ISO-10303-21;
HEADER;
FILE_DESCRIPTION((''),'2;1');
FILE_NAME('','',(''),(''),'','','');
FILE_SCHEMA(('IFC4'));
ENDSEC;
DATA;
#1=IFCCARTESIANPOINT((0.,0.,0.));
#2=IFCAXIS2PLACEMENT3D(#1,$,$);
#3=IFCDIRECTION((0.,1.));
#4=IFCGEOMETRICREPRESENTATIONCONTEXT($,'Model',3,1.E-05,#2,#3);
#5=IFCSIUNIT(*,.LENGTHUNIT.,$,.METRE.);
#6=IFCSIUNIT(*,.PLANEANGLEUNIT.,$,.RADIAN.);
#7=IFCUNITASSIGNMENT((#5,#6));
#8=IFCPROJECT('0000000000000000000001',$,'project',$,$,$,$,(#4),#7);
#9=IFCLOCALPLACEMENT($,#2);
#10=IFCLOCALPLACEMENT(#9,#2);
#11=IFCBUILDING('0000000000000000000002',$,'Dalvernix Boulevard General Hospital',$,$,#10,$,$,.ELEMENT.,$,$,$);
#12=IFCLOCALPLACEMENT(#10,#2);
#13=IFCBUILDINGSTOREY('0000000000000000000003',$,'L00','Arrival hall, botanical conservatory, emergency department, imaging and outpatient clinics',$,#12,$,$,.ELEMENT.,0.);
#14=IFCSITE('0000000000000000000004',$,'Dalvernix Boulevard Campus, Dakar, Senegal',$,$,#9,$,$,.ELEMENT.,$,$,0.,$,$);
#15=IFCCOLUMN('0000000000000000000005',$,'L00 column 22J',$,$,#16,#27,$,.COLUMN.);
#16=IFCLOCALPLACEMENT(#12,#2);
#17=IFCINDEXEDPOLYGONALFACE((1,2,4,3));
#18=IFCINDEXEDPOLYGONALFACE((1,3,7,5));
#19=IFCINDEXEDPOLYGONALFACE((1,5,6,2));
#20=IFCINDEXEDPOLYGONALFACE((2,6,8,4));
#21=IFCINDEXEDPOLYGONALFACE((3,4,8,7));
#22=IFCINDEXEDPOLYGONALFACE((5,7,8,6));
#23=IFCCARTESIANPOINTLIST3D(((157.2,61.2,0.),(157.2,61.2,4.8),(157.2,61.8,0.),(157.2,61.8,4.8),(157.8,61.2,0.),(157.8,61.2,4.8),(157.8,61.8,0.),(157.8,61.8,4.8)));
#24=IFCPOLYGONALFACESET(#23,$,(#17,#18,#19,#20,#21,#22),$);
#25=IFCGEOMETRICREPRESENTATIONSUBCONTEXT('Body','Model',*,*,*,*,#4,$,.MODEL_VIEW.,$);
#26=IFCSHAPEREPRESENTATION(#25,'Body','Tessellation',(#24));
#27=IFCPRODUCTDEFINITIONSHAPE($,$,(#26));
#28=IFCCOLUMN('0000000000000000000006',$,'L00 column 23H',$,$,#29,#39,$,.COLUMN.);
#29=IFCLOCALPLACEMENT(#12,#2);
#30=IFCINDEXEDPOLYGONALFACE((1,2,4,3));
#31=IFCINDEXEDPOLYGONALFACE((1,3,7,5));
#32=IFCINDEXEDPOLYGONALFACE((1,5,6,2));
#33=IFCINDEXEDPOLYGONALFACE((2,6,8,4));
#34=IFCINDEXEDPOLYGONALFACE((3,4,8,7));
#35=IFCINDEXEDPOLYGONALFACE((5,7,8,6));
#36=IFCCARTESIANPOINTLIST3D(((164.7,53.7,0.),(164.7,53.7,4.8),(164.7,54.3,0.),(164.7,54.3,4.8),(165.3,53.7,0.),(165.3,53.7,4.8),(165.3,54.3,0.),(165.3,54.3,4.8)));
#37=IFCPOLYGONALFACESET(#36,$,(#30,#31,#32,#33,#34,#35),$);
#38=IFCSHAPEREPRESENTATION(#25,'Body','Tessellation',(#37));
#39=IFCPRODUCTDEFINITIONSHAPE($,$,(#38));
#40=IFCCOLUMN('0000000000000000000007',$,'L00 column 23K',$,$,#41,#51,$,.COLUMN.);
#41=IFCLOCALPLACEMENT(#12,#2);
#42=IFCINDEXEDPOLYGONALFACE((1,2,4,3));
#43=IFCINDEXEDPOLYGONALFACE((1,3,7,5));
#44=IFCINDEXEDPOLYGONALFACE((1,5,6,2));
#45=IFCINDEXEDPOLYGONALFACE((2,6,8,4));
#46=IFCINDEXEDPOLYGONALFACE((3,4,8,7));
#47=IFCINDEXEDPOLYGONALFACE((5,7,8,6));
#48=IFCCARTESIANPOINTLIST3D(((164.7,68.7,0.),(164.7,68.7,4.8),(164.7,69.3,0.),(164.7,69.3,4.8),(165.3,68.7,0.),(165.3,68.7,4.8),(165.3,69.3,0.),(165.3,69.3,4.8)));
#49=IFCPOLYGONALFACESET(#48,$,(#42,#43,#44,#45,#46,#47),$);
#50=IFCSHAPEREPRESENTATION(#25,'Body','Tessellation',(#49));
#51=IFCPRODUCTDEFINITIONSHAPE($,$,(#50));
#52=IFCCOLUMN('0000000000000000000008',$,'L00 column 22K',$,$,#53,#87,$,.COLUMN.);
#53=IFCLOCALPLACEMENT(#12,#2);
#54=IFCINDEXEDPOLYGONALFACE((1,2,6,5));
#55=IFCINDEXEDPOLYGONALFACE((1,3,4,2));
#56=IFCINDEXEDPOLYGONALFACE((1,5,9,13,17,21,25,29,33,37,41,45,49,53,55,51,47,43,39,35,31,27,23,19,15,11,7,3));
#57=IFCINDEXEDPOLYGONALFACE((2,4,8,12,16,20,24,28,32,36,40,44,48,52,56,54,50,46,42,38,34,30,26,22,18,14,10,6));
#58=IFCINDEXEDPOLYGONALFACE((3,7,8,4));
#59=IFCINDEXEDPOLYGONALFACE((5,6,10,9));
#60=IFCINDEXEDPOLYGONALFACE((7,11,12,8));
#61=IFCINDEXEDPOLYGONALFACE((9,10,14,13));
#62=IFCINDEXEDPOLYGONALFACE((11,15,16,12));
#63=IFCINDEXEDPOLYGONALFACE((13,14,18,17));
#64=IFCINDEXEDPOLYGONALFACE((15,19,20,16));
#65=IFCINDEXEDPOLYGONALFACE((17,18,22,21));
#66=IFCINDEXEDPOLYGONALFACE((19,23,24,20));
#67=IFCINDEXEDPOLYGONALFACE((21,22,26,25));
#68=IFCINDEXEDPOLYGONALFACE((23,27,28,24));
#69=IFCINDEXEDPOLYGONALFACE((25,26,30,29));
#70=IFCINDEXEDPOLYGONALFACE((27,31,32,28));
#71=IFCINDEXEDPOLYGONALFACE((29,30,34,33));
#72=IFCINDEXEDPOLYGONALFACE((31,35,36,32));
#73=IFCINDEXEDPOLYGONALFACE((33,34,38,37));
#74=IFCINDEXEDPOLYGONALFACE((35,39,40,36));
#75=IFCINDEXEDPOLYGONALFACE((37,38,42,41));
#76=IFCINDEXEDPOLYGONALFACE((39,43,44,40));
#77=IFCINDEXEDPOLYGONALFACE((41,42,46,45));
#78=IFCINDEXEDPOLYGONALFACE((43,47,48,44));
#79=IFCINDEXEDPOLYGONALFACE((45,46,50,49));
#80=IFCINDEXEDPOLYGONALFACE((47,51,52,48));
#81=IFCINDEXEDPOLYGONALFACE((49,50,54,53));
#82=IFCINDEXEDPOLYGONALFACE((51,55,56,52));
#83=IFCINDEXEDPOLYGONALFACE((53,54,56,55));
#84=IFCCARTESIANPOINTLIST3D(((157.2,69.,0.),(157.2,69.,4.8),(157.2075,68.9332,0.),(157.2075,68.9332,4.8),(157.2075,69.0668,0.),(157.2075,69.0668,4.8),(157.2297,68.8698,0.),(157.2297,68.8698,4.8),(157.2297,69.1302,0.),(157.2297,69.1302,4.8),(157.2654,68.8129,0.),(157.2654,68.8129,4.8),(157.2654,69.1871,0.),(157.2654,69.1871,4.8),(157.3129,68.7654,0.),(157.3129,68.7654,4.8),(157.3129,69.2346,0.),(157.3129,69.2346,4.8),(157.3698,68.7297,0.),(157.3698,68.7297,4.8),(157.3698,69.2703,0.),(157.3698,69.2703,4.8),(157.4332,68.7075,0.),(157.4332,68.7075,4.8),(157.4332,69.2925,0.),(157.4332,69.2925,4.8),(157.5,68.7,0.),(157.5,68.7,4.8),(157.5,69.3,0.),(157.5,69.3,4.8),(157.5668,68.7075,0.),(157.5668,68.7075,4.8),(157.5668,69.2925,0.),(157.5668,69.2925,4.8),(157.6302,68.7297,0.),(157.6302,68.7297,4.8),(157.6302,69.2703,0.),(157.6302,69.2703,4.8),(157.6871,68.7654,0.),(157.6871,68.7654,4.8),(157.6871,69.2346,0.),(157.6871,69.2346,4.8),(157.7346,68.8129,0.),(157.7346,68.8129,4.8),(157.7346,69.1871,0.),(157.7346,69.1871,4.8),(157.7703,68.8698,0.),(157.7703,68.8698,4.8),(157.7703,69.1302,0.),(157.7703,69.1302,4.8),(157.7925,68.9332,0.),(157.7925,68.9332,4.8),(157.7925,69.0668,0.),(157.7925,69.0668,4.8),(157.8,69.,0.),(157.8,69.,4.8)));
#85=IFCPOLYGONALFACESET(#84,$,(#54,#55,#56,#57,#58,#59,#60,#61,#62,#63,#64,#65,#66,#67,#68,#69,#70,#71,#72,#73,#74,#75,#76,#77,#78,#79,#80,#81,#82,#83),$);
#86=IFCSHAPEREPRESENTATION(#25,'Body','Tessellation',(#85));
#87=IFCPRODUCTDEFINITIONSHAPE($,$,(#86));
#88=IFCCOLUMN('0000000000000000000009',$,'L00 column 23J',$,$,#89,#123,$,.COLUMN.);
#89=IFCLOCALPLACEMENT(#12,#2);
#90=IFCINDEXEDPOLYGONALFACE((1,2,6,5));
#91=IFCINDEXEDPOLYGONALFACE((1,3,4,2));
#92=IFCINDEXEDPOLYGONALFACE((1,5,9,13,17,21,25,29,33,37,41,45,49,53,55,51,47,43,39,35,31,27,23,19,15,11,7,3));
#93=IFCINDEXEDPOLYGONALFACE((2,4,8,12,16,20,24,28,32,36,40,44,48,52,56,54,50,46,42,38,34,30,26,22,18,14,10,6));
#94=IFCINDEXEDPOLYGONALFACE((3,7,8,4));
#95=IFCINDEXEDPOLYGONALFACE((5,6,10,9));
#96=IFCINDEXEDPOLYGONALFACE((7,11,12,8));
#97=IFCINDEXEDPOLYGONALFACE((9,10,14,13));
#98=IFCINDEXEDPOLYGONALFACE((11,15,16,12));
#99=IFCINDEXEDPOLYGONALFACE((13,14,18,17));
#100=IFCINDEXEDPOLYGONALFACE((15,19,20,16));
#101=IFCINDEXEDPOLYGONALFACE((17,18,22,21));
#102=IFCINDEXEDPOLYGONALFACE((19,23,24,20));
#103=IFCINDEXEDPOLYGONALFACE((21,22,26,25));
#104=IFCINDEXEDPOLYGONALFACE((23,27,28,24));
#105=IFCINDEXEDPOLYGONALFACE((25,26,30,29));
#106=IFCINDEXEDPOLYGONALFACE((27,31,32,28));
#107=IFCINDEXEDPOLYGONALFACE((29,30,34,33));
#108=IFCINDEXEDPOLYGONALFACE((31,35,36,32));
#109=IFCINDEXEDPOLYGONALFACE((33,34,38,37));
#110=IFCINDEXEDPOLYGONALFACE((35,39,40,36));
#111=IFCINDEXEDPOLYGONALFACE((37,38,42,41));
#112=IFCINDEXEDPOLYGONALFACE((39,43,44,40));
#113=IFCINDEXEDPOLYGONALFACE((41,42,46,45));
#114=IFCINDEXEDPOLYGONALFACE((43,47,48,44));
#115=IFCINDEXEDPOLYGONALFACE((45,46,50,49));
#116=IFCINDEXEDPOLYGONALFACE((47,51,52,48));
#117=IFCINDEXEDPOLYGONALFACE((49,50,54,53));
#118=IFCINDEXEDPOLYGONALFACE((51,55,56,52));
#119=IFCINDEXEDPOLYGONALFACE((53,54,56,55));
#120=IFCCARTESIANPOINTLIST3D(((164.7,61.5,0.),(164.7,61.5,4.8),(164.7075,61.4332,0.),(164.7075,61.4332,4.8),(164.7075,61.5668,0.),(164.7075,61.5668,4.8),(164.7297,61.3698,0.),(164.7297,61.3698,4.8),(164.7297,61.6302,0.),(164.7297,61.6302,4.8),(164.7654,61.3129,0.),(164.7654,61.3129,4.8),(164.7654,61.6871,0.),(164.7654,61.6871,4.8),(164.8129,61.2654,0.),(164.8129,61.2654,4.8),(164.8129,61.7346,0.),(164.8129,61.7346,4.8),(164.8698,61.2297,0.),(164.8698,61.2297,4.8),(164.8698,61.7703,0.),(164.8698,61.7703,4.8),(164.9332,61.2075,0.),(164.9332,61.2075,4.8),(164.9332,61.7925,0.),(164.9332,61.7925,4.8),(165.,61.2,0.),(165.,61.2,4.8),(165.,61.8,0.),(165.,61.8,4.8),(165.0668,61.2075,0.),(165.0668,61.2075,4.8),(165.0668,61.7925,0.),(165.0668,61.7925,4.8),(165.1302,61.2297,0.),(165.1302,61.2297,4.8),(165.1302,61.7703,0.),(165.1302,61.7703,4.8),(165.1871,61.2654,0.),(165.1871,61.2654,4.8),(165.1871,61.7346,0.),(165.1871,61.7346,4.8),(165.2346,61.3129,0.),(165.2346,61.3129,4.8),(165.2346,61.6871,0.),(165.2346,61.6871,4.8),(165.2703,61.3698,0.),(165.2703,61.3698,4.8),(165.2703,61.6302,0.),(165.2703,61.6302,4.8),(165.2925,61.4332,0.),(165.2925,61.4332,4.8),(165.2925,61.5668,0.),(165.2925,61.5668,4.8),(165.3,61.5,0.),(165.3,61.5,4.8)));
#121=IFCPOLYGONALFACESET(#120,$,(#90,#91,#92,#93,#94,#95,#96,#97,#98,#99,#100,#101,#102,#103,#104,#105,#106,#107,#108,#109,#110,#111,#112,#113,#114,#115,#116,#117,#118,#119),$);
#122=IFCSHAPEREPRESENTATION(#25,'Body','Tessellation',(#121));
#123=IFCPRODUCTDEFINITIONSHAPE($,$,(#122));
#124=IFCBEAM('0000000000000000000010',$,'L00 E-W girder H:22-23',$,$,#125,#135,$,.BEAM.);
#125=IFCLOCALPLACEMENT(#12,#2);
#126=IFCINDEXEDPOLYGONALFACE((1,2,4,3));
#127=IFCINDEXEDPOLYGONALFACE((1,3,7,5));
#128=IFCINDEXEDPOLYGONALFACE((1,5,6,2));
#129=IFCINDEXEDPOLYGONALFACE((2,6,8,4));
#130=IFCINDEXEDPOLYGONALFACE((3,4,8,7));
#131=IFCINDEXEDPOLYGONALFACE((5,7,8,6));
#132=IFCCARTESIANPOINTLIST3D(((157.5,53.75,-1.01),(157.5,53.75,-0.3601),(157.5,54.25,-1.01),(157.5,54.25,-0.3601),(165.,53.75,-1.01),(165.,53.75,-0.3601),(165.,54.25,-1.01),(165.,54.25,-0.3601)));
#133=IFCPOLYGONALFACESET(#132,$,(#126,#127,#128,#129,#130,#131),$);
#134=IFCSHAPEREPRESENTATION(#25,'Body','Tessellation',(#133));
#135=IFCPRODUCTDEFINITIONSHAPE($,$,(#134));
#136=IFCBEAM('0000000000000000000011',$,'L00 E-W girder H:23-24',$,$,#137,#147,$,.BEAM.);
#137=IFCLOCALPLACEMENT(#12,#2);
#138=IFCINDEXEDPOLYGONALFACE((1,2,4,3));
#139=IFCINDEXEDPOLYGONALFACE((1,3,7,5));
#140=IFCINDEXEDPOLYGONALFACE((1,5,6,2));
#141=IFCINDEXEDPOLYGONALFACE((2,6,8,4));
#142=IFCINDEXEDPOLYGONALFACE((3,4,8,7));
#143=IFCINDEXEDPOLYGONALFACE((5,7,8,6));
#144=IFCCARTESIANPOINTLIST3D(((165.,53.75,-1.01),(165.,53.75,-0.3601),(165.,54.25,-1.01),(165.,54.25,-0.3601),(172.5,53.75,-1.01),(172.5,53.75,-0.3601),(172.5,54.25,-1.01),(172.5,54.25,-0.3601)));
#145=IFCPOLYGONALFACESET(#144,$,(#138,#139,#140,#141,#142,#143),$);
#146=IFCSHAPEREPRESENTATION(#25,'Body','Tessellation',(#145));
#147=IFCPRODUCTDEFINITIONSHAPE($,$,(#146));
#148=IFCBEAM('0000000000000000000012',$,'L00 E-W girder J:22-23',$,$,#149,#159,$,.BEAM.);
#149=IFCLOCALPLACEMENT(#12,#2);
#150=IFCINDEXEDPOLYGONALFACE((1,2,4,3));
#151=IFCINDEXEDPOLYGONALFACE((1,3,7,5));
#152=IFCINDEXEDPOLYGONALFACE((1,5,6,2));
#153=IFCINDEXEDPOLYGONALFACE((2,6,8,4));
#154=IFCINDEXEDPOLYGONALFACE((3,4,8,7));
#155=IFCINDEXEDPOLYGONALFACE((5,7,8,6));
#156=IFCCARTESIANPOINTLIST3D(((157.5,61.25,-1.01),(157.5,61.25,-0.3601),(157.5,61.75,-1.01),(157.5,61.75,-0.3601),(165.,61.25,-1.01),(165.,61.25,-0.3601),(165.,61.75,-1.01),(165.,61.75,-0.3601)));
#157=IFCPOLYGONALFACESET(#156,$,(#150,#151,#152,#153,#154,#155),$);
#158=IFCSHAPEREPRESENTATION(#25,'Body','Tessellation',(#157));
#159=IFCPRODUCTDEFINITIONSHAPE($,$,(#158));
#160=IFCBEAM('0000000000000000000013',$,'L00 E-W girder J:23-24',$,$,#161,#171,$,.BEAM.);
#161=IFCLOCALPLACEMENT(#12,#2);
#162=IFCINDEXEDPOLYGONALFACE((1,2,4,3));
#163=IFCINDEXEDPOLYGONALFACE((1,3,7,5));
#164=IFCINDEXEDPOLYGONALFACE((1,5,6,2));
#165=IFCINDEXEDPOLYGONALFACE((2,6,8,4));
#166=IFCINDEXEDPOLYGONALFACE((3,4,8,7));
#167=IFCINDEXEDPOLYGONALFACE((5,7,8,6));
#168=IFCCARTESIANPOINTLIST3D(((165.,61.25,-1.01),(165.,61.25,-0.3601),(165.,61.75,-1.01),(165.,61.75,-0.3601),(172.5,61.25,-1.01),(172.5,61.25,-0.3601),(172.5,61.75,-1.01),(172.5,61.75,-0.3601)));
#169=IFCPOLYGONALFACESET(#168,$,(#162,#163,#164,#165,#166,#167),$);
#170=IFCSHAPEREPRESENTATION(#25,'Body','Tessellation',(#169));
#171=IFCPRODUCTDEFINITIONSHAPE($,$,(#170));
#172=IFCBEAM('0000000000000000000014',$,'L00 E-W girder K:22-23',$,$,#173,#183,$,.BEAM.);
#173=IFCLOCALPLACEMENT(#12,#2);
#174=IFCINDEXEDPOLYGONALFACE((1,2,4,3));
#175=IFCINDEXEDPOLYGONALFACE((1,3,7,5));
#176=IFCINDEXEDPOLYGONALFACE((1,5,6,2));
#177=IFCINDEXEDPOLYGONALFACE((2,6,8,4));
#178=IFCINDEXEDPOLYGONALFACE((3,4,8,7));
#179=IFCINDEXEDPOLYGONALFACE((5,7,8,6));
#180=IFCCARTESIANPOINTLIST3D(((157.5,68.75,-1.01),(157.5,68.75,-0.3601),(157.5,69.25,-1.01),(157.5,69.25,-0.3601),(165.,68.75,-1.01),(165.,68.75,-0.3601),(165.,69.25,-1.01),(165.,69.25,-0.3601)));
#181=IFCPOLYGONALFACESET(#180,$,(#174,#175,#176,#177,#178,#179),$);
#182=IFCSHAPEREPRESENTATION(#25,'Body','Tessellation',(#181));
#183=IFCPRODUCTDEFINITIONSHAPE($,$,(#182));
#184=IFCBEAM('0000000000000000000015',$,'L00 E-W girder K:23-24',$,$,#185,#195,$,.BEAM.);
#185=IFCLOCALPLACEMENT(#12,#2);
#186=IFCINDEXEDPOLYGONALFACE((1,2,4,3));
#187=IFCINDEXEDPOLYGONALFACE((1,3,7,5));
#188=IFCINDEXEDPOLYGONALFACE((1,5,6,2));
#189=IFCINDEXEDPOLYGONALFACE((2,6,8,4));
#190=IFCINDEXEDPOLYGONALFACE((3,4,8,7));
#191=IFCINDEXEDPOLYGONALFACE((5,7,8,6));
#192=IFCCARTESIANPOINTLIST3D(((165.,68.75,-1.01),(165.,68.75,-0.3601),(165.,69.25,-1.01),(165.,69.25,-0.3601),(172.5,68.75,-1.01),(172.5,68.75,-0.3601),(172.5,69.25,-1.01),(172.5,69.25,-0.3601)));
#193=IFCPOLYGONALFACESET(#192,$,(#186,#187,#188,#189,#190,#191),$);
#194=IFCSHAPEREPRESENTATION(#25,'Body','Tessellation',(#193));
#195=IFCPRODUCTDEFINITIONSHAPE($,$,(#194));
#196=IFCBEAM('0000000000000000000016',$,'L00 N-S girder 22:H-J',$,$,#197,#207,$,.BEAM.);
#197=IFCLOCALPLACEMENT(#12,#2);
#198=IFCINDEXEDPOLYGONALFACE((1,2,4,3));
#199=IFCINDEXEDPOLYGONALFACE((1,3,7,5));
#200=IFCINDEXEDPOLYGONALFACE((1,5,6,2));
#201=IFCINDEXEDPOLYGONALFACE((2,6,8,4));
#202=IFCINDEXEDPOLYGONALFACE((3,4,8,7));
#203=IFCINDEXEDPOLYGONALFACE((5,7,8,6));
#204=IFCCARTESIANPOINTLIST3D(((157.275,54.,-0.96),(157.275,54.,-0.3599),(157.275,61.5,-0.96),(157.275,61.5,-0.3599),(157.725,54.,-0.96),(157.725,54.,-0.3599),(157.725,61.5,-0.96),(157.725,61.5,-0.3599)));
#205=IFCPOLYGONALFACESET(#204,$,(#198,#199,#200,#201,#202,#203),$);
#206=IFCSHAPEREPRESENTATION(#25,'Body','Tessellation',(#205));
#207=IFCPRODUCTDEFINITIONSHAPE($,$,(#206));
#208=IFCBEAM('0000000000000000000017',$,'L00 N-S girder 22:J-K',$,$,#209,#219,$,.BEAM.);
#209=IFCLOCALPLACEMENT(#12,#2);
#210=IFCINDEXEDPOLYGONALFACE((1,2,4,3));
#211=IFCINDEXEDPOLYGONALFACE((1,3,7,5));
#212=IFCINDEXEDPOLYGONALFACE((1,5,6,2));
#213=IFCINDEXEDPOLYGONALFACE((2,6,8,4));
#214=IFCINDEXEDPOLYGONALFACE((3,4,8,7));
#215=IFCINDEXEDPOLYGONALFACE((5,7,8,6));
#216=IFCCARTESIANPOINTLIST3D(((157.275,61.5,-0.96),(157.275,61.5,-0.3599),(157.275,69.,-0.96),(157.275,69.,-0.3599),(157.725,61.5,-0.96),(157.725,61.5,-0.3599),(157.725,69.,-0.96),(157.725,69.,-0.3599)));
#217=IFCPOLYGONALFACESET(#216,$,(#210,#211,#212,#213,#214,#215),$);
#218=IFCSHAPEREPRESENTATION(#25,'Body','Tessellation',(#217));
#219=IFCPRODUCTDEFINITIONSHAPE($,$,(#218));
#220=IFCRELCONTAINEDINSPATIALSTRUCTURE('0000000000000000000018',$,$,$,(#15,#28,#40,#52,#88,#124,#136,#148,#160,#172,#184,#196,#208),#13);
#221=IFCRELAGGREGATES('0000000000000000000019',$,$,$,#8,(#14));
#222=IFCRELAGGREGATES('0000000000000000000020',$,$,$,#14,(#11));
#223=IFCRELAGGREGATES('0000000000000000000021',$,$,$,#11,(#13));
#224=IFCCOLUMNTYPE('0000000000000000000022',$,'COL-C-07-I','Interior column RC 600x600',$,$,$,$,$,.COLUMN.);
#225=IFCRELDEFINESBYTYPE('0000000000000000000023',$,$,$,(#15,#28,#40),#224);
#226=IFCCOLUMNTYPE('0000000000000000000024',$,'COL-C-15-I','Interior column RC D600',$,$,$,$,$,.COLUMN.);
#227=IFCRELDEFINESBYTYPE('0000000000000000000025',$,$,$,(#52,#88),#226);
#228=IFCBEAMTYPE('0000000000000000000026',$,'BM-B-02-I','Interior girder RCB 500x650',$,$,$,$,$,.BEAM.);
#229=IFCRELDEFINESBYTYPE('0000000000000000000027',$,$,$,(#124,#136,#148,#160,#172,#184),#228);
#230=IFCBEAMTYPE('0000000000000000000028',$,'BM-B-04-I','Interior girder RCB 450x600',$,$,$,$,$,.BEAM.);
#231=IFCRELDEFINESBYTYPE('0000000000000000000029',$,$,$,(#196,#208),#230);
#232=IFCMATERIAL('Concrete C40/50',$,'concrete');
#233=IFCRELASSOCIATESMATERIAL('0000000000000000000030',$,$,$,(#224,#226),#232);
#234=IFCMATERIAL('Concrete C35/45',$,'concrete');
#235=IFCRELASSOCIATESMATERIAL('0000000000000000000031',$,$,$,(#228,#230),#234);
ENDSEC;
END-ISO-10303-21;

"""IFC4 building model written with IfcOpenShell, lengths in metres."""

from ifc_helpers import new_model, si_unit, direction, frame, origin, origin_2d, place, context, subcontext, project, spatial, rectangle, circle, extrude, material, material_profile, profile_set, type_object, element, save


model = new_model("IFC4")

# Units and contexts
model_context = context("Model", 3, precision=1e-05, world=origin(), true_north=direction((0.0, 1.0)))
body_context = subcontext(model_context, "Body", "Model", "MODEL_VIEW")
ifc_project = project(units=[si_unit("LENGTHUNIT", "METRE"), si_unit("PLANEANGLEUNIT", "RADIAN")], contexts=[model_context])

# Site, building, storey
site_placement = place(None, origin())
site = spatial("IfcSite", under=ifc_project, at=site_placement, Name="Dalvernix Boulevard Campus, Dakar, Senegal", CompositionType="ELEMENT", RefElevation=0.0)
building_placement = place(site_placement, origin())
building = spatial("IfcBuilding", under=site, at=building_placement, Name="Dalvernix Boulevard General Hospital", CompositionType="ELEMENT")
storey_placement = place(building_placement, origin())
storey = spatial("IfcBuildingStorey", under=building, at=storey_placement, Name="L00", Description="Arrival hall, botanical conservatory, emergency department, imaging and outpatient clinics", CompositionType="ELEMENT", Elevation=0.0)

# Columns
ifc_material_1 = material(Name="Concrete C40/50", Category="concrete")
ifc_material_profile_1 = material_profile(ifc_material_1, rectangle(XDim=0.6001, YDim=0.6001, at=origin_2d()), Name="RC 600x600")
ifc_profile_set_1 = profile_set([ifc_material_profile_1], Name="Concrete C40/50")
column_type_1 = type_object("IfcColumnType", Name="COL-C-07-I", Description="Interior column RC 600x600", PredefinedType="COLUMN", material=ifc_profile_set_1)
for number, where, z_axis, x_axis, name in (
    (1, (157.5, 61.5, 0.0), (0.0, 0.0, 1.0), (1.0, 0.0, 0.0), "L00 column 22J"),
    (2, (165.0, 54.0, 0.0), (0.0, 0.0, 1.0), (1.0, 0.0, 0.0), "L00 column 23H"),
    (3, (165.0, 69.0, 0.0), (0.0, 0.0, 1.0), (1.0, 0.0, 0.0), "L00 column 23K"),
):
    element("IfcColumn", number, at=place(storey_placement, frame(where, z_axis=z_axis, x_axis=x_axis)), inside=storey, type_object=column_type_1, Name=name, PredefinedType="COLUMN", context=body_context, shape_type="SweptSolid", body=[
        extrude(rectangle(XDim=0.6001, YDim=0.6001, at=origin_2d()), origin(), (0.0, 0.0, 1.0), 4.8),
    ])
ifc_material_profile_2 = material_profile(ifc_material_1, circle(Radius=0.3, at=origin_2d()), Name="RC D600")
ifc_profile_set_2 = profile_set([ifc_material_profile_2], Name="Concrete C40/50")
column_type_2 = type_object("IfcColumnType", Name="COL-C-15-I", Description="Interior column RC D600", PredefinedType="COLUMN", material=ifc_profile_set_2)
for number, where, z_axis, x_axis, name in (
    (4, (157.5, 69.0, 0.0), (0.0, 0.0, 1.0), (1.0, 0.0, 0.0), "L00 column 22K"),
    (5, (165.0, 61.5, 0.0), (0.0, 0.0, 1.0), (1.0, 0.0, 0.0), "L00 column 23J"),
):
    element("IfcColumn", number, at=place(storey_placement, frame(where, z_axis=z_axis, x_axis=x_axis)), inside=storey, type_object=column_type_2, Name=name, PredefinedType="COLUMN", context=body_context, shape_type="SweptSolid", body=[
        extrude(circle(Radius=0.3, at=origin_2d()), origin(), (0.0, 0.0, 1.0), 4.8),
    ])

# Beams
ifc_material_2 = material(Name="Concrete C35/45", Category="concrete")
ifc_material_profile_3 = material_profile(ifc_material_2, rectangle(XDim=0.5, YDim=0.6499, at=origin_2d()), Name="RCB 500x650")
ifc_profile_set_3 = profile_set([ifc_material_profile_3], Name="Concrete C35/45")
beam_type_1 = type_object("IfcBeamType", Name="BM-B-02-I", Description="Interior girder RCB 500x650", PredefinedType="BEAM", material=ifc_profile_set_3)
for number, where, z_axis, x_axis, name in (
    (6, (157.5, 54.0, -0.6851), (1.0, 0.0, 0.0), (0.0, 1.0, 0.0), "L00 E-W girder H:22-23"),
    (7, (165.0, 54.0, -0.6851), (1.0, 0.0, 0.0), (0.0, 1.0, 0.0), "L00 E-W girder H:23-24"),
    (8, (157.5, 61.5, -0.6851), (1.0, 0.0, 0.0), (0.0, 1.0, 0.0), "L00 E-W girder J:22-23"),
    (9, (165.0, 61.5, -0.6851), (1.0, 0.0, 0.0), (0.0, 1.0, 0.0), "L00 E-W girder J:23-24"),
    (10, (157.5, 69.0, -0.6851), (1.0, 0.0, 0.0), (0.0, 1.0, 0.0), "L00 E-W girder K:22-23"),
    (11, (165.0, 69.0, -0.6851), (1.0, 0.0, 0.0), (0.0, 1.0, 0.0), "L00 E-W girder K:23-24"),
):
    element("IfcBeam", number, at=place(storey_placement, frame(where, z_axis=z_axis, x_axis=x_axis)), inside=storey, type_object=beam_type_1, Name=name, PredefinedType="BEAM", context=body_context, shape_type="SweptSolid", body=[
        extrude(rectangle(XDim=0.5, YDim=0.6499, at=origin_2d()), origin(), (0.0, 0.0, 1.0), 7.5),
    ])
ifc_material_profile_4 = material_profile(ifc_material_2, rectangle(XDim=0.45, YDim=0.6001, at=origin_2d()), Name="RCB 450x600")
ifc_profile_set_4 = profile_set([ifc_material_profile_4], Name="Concrete C35/45")
beam_type_2 = type_object("IfcBeamType", Name="BM-B-04-I", Description="Interior girder RCB 450x600", PredefinedType="BEAM", material=ifc_profile_set_4)
for number, where, z_axis, x_axis, name in (
    (12, (157.5, 54.0, -0.6599), (0.0, 1.0, 0.0), (-1.0, 0.0, 0.0), "L00 N-S girder 22:H-J"),
    (13, (157.5, 61.5, -0.6599), (0.0, 1.0, 0.0), (-1.0, 0.0, 0.0), "L00 N-S girder 22:J-K"),
):
    element("IfcBeam", number, at=place(storey_placement, frame(where, z_axis=z_axis, x_axis=x_axis)), inside=storey, type_object=beam_type_2, Name=name, PredefinedType="BEAM", context=body_context, shape_type="SweptSolid", body=[
        extrude(rectangle(XDim=0.45, YDim=0.6001, at=origin_2d()), origin(), (0.0, 0.0, 1.0), 7.5),
    ])

save(model, "model.ifc")
